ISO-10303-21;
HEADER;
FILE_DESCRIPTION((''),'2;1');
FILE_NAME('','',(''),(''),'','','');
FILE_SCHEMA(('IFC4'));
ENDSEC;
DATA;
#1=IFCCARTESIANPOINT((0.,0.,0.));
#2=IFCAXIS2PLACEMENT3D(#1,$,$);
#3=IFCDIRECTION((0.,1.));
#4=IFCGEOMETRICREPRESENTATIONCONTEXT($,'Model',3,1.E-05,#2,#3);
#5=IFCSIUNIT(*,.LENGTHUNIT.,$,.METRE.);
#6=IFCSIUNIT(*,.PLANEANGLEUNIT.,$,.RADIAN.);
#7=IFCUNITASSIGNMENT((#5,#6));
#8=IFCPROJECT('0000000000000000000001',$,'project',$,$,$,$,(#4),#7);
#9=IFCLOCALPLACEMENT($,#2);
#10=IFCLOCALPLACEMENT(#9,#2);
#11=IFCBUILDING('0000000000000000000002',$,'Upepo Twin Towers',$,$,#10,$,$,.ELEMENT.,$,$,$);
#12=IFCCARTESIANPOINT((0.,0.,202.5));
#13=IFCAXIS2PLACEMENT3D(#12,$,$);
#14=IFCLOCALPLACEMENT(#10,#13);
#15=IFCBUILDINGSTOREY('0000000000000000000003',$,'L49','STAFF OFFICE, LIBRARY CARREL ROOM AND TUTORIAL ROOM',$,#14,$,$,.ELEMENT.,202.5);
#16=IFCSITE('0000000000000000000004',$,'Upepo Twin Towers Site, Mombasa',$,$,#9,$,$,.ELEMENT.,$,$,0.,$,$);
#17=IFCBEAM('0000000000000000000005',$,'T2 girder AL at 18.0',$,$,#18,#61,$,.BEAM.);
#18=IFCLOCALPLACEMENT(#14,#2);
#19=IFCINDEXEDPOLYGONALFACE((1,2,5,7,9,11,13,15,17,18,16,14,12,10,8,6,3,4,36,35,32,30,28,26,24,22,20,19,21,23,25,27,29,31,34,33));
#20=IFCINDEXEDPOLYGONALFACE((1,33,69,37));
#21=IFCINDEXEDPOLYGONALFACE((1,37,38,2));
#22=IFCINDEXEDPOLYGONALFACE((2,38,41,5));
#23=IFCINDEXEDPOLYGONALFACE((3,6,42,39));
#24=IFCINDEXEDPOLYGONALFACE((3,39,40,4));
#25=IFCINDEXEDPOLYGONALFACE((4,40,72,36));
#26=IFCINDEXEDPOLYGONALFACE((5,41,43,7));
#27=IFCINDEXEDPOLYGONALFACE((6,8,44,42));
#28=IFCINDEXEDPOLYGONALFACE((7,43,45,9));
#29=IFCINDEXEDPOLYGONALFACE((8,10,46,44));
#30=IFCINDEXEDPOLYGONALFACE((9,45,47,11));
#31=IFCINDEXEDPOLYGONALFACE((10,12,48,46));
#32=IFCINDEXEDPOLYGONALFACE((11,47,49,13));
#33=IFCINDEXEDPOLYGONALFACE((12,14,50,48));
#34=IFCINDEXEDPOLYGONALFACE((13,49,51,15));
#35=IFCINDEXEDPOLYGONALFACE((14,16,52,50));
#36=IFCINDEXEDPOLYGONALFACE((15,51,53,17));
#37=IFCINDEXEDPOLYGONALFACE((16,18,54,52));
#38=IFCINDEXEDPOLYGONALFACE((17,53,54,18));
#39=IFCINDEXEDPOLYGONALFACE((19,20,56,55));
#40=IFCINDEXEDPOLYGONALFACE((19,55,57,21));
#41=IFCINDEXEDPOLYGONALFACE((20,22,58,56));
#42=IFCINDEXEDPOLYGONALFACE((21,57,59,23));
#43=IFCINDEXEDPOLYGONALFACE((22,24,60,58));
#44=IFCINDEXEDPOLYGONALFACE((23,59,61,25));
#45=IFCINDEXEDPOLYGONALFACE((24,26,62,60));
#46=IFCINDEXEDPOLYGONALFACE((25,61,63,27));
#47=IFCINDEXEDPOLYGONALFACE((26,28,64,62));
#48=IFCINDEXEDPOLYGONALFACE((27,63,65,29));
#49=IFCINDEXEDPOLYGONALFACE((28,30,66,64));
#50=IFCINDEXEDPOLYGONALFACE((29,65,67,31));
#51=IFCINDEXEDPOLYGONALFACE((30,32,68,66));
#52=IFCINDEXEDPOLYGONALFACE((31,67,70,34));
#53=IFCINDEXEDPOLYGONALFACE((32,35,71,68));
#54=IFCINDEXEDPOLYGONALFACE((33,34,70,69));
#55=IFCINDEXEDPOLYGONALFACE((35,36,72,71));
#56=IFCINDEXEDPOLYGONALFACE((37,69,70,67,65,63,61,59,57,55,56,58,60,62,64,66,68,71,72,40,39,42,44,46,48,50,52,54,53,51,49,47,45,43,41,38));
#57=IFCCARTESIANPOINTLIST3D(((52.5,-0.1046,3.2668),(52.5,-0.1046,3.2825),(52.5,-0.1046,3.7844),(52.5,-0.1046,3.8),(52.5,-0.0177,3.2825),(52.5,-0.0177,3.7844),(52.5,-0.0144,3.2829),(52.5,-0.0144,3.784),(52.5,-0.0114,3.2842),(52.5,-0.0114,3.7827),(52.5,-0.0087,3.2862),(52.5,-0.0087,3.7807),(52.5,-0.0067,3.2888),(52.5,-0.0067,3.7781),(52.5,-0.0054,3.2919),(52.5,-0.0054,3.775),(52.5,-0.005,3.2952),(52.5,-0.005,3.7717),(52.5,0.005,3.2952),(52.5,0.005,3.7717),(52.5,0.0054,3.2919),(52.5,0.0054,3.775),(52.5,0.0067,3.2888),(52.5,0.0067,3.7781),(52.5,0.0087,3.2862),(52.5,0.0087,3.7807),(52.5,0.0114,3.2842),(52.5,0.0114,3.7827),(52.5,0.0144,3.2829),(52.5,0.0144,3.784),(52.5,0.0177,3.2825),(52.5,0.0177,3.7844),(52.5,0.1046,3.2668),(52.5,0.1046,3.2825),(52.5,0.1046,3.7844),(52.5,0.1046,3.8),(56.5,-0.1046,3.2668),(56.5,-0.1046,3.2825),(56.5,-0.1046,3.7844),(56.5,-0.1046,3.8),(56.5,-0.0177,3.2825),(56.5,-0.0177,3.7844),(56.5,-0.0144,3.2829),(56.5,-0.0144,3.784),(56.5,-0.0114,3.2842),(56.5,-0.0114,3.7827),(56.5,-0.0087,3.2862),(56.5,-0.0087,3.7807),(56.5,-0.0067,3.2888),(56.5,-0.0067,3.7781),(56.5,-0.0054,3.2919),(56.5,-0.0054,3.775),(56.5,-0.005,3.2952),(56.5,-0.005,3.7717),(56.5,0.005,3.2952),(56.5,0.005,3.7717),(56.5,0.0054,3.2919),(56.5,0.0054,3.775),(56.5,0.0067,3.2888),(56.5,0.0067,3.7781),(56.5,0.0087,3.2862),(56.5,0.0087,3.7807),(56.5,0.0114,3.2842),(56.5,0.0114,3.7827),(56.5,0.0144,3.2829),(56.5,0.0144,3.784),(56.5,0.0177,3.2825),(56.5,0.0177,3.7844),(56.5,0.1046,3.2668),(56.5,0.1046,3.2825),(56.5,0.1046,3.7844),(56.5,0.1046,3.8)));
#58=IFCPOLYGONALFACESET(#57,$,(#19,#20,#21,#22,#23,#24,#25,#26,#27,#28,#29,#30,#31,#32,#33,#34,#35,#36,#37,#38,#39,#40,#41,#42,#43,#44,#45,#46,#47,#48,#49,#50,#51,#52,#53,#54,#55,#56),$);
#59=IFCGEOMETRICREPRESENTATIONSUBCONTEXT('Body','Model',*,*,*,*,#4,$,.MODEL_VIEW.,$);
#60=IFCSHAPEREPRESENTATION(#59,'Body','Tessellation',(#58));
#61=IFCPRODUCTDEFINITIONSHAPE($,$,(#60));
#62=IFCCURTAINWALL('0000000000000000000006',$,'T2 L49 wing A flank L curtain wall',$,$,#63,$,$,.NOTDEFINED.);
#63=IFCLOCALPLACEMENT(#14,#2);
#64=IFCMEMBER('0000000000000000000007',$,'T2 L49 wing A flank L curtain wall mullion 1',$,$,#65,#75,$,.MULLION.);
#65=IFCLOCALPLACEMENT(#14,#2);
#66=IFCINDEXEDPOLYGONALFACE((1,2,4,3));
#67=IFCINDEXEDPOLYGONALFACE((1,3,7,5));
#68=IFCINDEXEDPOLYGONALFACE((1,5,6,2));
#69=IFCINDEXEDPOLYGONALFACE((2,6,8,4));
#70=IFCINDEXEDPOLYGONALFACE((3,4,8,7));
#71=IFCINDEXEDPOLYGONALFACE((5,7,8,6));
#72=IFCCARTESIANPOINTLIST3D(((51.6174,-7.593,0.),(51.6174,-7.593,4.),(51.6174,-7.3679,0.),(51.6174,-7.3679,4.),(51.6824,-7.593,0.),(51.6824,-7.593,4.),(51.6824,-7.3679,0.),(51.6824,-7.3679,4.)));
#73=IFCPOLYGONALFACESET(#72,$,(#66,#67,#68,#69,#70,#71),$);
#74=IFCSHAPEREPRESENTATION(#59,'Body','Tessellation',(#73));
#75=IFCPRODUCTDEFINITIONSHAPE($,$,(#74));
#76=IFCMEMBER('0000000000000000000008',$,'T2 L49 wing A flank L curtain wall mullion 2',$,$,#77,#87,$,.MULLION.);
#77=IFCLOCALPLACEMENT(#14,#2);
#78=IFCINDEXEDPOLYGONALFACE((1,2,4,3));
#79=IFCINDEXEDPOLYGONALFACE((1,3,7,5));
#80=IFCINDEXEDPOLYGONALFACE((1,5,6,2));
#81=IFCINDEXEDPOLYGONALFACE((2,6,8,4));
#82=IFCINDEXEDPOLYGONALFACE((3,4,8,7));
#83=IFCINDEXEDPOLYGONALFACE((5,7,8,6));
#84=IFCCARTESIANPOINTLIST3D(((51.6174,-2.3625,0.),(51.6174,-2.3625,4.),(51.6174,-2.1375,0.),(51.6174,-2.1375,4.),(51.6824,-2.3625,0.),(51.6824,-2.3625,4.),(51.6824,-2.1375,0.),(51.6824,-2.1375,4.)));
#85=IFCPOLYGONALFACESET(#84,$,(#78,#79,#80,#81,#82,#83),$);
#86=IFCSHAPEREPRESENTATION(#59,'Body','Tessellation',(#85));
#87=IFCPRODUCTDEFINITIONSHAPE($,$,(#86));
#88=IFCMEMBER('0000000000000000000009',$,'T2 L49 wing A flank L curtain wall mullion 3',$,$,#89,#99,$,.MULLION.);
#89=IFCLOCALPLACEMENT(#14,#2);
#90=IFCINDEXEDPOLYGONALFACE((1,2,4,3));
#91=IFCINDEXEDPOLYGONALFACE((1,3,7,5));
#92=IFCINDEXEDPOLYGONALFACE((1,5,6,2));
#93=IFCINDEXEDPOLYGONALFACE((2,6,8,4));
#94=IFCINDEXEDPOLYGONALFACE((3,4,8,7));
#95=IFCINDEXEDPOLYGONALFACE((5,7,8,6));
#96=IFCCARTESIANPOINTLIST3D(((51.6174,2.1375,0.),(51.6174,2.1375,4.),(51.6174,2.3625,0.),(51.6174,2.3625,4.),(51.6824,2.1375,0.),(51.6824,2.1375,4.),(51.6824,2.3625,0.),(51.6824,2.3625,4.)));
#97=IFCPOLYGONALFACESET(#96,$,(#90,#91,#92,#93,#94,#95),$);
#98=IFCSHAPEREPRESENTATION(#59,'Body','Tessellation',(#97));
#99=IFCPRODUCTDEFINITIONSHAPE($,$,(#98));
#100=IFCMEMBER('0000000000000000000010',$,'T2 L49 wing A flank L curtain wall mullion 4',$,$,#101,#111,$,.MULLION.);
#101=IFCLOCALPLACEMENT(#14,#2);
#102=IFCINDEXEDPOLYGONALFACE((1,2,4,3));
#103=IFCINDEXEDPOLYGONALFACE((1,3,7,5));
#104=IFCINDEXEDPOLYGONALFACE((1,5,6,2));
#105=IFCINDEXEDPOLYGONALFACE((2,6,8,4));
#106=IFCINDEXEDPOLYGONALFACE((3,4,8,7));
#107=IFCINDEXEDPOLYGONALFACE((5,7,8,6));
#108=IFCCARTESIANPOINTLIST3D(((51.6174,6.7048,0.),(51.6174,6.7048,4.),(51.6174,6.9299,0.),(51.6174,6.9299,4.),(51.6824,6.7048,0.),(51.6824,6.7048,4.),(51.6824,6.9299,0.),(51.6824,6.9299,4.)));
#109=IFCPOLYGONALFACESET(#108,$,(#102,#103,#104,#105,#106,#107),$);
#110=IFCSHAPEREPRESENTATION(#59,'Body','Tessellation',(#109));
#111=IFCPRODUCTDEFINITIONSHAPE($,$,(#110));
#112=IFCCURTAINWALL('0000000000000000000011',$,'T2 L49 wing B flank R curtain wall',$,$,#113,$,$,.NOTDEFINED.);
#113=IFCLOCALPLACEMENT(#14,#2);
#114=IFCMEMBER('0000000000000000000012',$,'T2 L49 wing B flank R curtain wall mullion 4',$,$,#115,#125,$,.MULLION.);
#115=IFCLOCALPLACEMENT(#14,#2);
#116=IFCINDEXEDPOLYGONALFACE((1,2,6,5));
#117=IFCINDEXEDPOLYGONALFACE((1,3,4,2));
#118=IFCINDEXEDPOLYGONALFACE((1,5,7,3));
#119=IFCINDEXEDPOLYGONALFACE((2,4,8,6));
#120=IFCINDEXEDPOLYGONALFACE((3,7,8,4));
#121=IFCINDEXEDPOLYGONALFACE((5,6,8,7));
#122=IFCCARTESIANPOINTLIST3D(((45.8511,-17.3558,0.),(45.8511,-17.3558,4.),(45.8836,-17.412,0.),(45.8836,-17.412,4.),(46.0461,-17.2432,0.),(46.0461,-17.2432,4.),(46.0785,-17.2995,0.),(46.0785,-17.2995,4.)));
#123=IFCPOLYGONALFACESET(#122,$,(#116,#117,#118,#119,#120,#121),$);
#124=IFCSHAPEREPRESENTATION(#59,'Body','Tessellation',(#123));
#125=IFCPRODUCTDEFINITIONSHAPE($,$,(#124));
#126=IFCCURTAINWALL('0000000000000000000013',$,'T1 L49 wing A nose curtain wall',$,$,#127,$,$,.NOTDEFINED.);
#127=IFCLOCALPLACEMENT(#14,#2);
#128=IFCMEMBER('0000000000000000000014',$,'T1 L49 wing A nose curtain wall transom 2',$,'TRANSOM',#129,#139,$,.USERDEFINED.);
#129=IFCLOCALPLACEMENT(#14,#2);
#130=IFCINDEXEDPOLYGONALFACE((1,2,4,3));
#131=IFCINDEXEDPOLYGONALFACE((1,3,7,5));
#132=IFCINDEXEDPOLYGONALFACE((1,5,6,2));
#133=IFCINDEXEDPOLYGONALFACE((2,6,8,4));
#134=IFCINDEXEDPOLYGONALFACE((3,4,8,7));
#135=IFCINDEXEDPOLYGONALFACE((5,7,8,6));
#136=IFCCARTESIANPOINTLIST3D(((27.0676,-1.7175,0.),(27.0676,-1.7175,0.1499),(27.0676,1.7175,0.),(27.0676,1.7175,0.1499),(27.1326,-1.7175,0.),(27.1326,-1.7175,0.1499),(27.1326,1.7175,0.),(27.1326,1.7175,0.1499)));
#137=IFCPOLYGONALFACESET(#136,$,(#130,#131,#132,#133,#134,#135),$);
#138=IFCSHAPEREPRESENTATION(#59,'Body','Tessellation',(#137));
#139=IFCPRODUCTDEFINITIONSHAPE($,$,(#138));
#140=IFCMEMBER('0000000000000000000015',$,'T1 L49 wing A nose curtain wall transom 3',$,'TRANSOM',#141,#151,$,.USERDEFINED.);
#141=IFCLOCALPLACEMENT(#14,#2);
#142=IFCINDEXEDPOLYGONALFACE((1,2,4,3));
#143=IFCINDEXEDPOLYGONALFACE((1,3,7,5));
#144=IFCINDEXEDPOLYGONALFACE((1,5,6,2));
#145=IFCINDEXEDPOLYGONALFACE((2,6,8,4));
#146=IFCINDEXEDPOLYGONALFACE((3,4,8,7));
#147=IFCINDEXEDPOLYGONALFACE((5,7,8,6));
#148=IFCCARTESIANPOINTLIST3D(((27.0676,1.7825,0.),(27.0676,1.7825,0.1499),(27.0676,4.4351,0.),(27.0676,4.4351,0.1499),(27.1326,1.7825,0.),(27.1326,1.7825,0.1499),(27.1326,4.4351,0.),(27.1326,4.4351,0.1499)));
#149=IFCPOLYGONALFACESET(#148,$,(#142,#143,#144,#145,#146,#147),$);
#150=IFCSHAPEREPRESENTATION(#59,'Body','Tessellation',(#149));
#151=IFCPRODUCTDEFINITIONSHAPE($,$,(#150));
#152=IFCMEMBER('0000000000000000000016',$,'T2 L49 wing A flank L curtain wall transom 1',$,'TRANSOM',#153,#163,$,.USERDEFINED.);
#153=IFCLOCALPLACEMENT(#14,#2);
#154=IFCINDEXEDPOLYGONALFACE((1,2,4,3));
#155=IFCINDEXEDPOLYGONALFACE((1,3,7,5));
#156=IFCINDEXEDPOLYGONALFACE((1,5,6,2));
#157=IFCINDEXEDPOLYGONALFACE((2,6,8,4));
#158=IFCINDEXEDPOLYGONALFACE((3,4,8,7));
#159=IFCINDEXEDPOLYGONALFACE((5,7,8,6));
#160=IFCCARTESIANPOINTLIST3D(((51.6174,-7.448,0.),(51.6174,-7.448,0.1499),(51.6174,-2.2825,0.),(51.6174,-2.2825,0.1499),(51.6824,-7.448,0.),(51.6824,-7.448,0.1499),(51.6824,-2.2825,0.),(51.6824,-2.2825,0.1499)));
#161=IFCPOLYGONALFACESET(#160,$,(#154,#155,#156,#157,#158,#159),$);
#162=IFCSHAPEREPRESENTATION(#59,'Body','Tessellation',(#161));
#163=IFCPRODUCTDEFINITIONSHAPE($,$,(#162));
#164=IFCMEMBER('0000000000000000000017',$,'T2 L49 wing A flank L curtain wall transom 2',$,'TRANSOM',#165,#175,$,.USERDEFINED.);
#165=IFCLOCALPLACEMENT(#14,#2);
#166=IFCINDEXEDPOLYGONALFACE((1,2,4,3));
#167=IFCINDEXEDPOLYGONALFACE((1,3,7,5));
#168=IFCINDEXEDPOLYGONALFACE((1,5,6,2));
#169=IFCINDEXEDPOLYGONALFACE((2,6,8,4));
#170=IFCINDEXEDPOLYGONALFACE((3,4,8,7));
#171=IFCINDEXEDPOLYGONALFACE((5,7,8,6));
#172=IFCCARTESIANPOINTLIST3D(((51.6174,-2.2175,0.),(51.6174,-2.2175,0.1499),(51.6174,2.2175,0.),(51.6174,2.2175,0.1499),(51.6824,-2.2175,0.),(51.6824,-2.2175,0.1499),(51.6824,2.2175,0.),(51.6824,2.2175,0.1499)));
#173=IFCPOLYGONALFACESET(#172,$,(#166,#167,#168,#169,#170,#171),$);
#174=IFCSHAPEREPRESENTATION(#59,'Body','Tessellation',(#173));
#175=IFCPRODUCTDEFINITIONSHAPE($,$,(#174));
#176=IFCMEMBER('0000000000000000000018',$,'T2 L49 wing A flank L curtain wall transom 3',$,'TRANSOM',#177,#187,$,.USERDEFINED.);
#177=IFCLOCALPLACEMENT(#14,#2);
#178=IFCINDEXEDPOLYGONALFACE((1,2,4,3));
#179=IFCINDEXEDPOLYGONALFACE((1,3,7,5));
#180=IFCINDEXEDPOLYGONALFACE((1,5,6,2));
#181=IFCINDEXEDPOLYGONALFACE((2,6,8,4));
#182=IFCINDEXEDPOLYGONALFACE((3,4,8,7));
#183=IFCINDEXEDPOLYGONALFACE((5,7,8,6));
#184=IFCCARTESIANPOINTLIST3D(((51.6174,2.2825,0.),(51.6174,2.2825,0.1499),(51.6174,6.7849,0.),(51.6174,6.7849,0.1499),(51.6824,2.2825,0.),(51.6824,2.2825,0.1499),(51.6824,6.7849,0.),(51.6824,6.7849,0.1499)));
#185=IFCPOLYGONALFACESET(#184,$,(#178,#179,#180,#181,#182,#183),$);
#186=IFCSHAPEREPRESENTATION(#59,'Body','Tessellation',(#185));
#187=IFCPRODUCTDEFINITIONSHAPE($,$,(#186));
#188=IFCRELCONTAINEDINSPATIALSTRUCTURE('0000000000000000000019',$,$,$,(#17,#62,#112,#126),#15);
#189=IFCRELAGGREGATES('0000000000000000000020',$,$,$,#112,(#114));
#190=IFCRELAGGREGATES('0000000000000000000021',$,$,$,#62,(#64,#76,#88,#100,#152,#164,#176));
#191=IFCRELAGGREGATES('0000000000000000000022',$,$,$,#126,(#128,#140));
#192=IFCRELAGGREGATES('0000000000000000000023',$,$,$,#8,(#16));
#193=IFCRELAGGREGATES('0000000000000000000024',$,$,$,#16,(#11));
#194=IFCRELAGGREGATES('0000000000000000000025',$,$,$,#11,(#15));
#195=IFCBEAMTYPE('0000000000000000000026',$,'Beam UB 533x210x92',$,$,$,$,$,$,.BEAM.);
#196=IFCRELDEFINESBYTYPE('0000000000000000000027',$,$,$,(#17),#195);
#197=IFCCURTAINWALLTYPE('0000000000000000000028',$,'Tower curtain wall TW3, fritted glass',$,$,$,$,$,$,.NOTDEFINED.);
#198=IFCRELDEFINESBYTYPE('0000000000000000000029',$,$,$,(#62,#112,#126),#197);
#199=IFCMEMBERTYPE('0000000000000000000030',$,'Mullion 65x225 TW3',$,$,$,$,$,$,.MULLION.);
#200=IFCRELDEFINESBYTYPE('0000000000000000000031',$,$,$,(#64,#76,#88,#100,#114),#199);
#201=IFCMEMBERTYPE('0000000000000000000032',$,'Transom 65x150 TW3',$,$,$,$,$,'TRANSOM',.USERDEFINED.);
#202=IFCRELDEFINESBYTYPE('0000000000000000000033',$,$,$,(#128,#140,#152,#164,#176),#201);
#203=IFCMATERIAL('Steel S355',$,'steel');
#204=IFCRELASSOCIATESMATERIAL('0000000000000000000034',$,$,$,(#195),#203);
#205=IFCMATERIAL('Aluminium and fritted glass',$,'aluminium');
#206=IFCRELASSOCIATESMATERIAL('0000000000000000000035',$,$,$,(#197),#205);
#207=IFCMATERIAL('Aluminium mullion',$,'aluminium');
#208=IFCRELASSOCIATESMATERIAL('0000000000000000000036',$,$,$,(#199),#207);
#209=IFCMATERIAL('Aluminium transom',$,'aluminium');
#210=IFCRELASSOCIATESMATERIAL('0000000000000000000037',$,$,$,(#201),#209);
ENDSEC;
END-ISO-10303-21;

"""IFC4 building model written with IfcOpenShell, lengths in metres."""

from ifc_helpers import new_model, si_unit, direction, frame, origin, origin_2d, place, context, subcontext, project, spatial, rectangle, i_section, extrude, material, material_profile, profile_set, type_object, element, aggregate, save


model = new_model("IFC4")

# Units and contexts
model_context = context("Model", 3, precision=1e-05, world=origin(), true_north=direction((0.0, 1.0)))
body_context = subcontext(model_context, "Body", "Model", "MODEL_VIEW")
ifc_project = project(units=[si_unit("LENGTHUNIT", "METRE"), si_unit("PLANEANGLEUNIT", "RADIAN")], contexts=[model_context])

# Site, building, storey
site_placement = place(None, origin())
site = spatial("IfcSite", under=ifc_project, at=site_placement, Name="Upepo Twin Towers Site, Mombasa", CompositionType="ELEMENT", RefElevation=0.0)
building_placement = place(site_placement, origin())
building = spatial("IfcBuilding", under=site, at=building_placement, Name="Upepo Twin Towers", CompositionType="ELEMENT")
storey_placement = place(building_placement, frame((0.0, 0.0, 202.5)))
storey = spatial("IfcBuildingStorey", under=building, at=storey_placement, Name="L49", Description="STAFF OFFICE, LIBRARY CARREL ROOM AND TUTORIAL ROOM", CompositionType="ELEMENT", Elevation=202.5)

# Beam
ifc_material_1 = material(Name="Steel S355", Category="steel")
ifc_material_profile_1 = material_profile(ifc_material_1, i_section(OverallWidth=0.2092, OverallDepth=0.5332, WebThickness=0.01, FlangeThickness=0.0156, FilletRadius=0.0127, at=origin_2d()), Name="UB 533x210x92")
ifc_profile_set_1 = profile_set([ifc_material_profile_1], Name="Steel S355")
beam_type_1 = type_object("IfcBeamType", Name="Beam UB 533x210x92", PredefinedType="BEAM", material=ifc_profile_set_1)
for number, where, z_axis, x_axis, name in (
    (1, (52.5, 0.0, 3.5334), (1.0, 0.0, 0.0), (0.0, 1.0, 0.0), "T2 girder AL at 18.0"),
):
    element("IfcBeam", number, at=place(storey_placement, frame(where, z_axis=z_axis, x_axis=x_axis)), inside=storey, type_object=beam_type_1, Name=name, PredefinedType="BEAM", context=body_context, shape_type="SweptSolid", body=[
        extrude(i_section(OverallWidth=0.2092, OverallDepth=0.5332, WebThickness=0.01, FlangeThickness=0.0156, FilletRadius=0.0127, at=origin_2d()), origin(), (0.0, 0.0, 1.0), 4.0),
    ])

# Curtain wall, members
ifc_material_2 = material(Name="Aluminium and fritted glass", Category="aluminium")
curtain_wall_type = type_object("IfcCurtainWallType", Name="Tower curtain wall TW3, fritted glass", PredefinedType="NOTDEFINED", material=ifc_material_2)
curtain_wall_1_placement = place(storey_placement, origin())
curtain_wall_1 = element("IfcCurtainWall", 2, at=curtain_wall_1_placement, inside=storey, type_object=curtain_wall_type, Name="T2 L49 wing A flank L curtain wall", PredefinedType="NOTDEFINED")
ifc_material_3 = material(Name="Aluminium mullion", Category="aluminium")
ifc_material_profile_2 = material_profile(ifc_material_3, rectangle(XDim=0.0649, YDim=0.2251, at=origin_2d()), Name="MULLION 65x225")
ifc_profile_set_2 = profile_set([ifc_material_profile_2], Name="Aluminium mullion")
member_type_1 = type_object("IfcMemberType", Name="Mullion 65x225 TW3", PredefinedType="MULLION", material=ifc_profile_set_2)
member_1_placement = place(storey_placement, frame((51.6499, -7.4805, 0.0), z_axis=(0.0, 0.0, 1.0), x_axis=(-1.0, 0.0, 0.0)))
member_1 = element("IfcMember", 3, at=member_1_placement, type_object=member_type_1, Name="T2 L49 wing A flank L curtain wall mullion 1", PredefinedType="MULLION", context=body_context, shape_type="SweptSolid", body=[
    extrude(rectangle(XDim=0.0649, YDim=0.2251, at=origin_2d()), origin(), (0.0, 0.0, 1.0), 4.0),
])
member_2_placement = place(storey_placement, frame((51.6499, -2.25, 0.0), z_axis=(0.0, 0.0, 1.0), x_axis=(-1.0, 0.0, 0.0)))
member_2 = element("IfcMember", 4, at=member_2_placement, type_object=member_type_1, Name="T2 L49 wing A flank L curtain wall mullion 2", PredefinedType="MULLION", context=body_context, shape_type="SweptSolid", body=[
    extrude(rectangle(XDim=0.0649, YDim=0.2251, at=origin_2d()), origin(), (0.0, 0.0, 1.0), 4.0),
])
member_3_placement = place(storey_placement, frame((51.6499, 2.25, 0.0), z_axis=(0.0, 0.0, 1.0), x_axis=(-1.0, 0.0, 0.0)))
member_3 = element("IfcMember", 5, at=member_3_placement, type_object=member_type_1, Name="T2 L49 wing A flank L curtain wall mullion 3", PredefinedType="MULLION", context=body_context, shape_type="SweptSolid", body=[
    extrude(rectangle(XDim=0.0649, YDim=0.2251, at=origin_2d()), origin(), (0.0, 0.0, 1.0), 4.0),
])
member_4_placement = place(storey_placement, frame((51.6499, 6.8174, 0.0), z_axis=(0.0, 0.0, 1.0), x_axis=(-1.0, 0.0, 0.0)))
member_4 = element("IfcMember", 6, at=member_4_placement, type_object=member_type_1, Name="T2 L49 wing A flank L curtain wall mullion 4", PredefinedType="MULLION", context=body_context, shape_type="SweptSolid", body=[
    extrude(rectangle(XDim=0.0649, YDim=0.2251, at=origin_2d()), origin(), (0.0, 0.0, 1.0), 4.0),
])

# Curtain wall, member
curtain_wall_2_placement = place(storey_placement, origin())
curtain_wall_2 = element("IfcCurtainWall", 7, at=curtain_wall_2_placement, inside=storey, type_object=curtain_wall_type, Name="T2 L49 wing B flank R curtain wall", PredefinedType="NOTDEFINED")
member_5_placement = place(storey_placement, frame((45.9648, -17.3276, 0.0), z_axis=(0.0, 0.0, 1.0), x_axis=(-0.5, 0.866025, 0.0)))
member_5 = element("IfcMember", 8, at=member_5_placement, type_object=member_type_1, Name="T2 L49 wing B flank R curtain wall mullion 4", PredefinedType="MULLION", context=body_context, shape_type="SweptSolid", body=[
    extrude(rectangle(XDim=0.0649, YDim=0.2251, at=origin_2d()), origin(), (0.0, 0.0, 1.0), 4.0),
])
aggregate(curtain_wall_2, [member_5])

# Curtain wall, members
curtain_wall_3_placement = place(storey_placement, origin())
curtain_wall_3 = element("IfcCurtainWall", 9, at=curtain_wall_3_placement, inside=storey, type_object=curtain_wall_type, Name="T1 L49 wing A nose curtain wall", PredefinedType="NOTDEFINED")
ifc_material_4 = material(Name="Aluminium transom", Category="aluminium")
ifc_material_profile_3 = material_profile(ifc_material_4, rectangle(XDim=0.0649, YDim=0.1499, at=origin_2d()), Name="TRANSOM 65x150")
ifc_profile_set_3 = profile_set([ifc_material_profile_3], Name="Aluminium transom")
member_type_2 = type_object("IfcMemberType", Name="Transom 65x150 TW3", ElementType="TRANSOM", PredefinedType="USERDEFINED", material=ifc_profile_set_3)
member_6_placement = place(storey_placement, frame((27.1001, -1.7175, 0.075), z_axis=(0.0, 1.0, 0.0), x_axis=(-1.0, 0.0, 0.0)))
member_6 = element("IfcMember", 10, at=member_6_placement, type_object=member_type_2, Name="T1 L49 wing A nose curtain wall transom 2", ObjectType="TRANSOM", PredefinedType="USERDEFINED", context=body_context, shape_type="SweptSolid", body=[
    extrude(rectangle(XDim=0.0649, YDim=0.1499, at=origin_2d()), origin(), (0.0, 0.0, 1.0), 3.4351),
])
member_7_placement = place(storey_placement, frame((27.1001, 1.7825, 0.075), z_axis=(0.0, 1.0, 0.0), x_axis=(-1.0, 0.0, 0.0)))
member_7 = element("IfcMember", 11, at=member_7_placement, type_object=member_type_2, Name="T1 L49 wing A nose curtain wall transom 3", ObjectType="TRANSOM", PredefinedType="USERDEFINED", context=body_context, shape_type="SweptSolid", body=[
    extrude(rectangle(XDim=0.0649, YDim=0.1499, at=origin_2d()), origin(), (0.0, 0.0, 1.0), 2.6526),
])

# Members
member_8_placement = place(storey_placement, frame((51.6499, -7.448, 0.075), z_axis=(0.0, 1.0, 0.0), x_axis=(-1.0, 0.0, 0.0)))
member_8 = element("IfcMember", 12, at=member_8_placement, type_object=member_type_2, Name="T2 L49 wing A flank L curtain wall transom 1", ObjectType="TRANSOM", PredefinedType="USERDEFINED", context=body_context, shape_type="SweptSolid", body=[
    extrude(rectangle(XDim=0.0649, YDim=0.1499, at=origin_2d()), origin(), (0.0, 0.0, 1.0), 5.1655),
])
member_9_placement = place(storey_placement, frame((51.6499, -2.2175, 0.075), z_axis=(0.0, 1.0, 0.0), x_axis=(-1.0, 0.0, 0.0)))
member_9 = element("IfcMember", 13, at=member_9_placement, type_object=member_type_2, Name="T2 L49 wing A flank L curtain wall transom 2", ObjectType="TRANSOM", PredefinedType="USERDEFINED", context=body_context, shape_type="SweptSolid", body=[
    extrude(rectangle(XDim=0.0649, YDim=0.1499, at=origin_2d()), origin(), (0.0, 0.0, 1.0), 4.4351),
])
member_10_placement = place(storey_placement, frame((51.6499, 2.2825, 0.075), z_axis=(0.0, 1.0, 0.0), x_axis=(-1.0, 0.0, 0.0)))
member_10 = element("IfcMember", 14, at=member_10_placement, type_object=member_type_2, Name="T2 L49 wing A flank L curtain wall transom 3", ObjectType="TRANSOM", PredefinedType="USERDEFINED", context=body_context, shape_type="SweptSolid", body=[
    extrude(rectangle(XDim=0.0649, YDim=0.1499, at=origin_2d()), origin(), (0.0, 0.0, 1.0), 4.5024),
])

aggregate(curtain_wall_1, [member_1, member_2, member_3, member_4, member_8, member_9, member_10])
aggregate(curtain_wall_3, [member_6, member_7])

save(model, "model.ifc")
